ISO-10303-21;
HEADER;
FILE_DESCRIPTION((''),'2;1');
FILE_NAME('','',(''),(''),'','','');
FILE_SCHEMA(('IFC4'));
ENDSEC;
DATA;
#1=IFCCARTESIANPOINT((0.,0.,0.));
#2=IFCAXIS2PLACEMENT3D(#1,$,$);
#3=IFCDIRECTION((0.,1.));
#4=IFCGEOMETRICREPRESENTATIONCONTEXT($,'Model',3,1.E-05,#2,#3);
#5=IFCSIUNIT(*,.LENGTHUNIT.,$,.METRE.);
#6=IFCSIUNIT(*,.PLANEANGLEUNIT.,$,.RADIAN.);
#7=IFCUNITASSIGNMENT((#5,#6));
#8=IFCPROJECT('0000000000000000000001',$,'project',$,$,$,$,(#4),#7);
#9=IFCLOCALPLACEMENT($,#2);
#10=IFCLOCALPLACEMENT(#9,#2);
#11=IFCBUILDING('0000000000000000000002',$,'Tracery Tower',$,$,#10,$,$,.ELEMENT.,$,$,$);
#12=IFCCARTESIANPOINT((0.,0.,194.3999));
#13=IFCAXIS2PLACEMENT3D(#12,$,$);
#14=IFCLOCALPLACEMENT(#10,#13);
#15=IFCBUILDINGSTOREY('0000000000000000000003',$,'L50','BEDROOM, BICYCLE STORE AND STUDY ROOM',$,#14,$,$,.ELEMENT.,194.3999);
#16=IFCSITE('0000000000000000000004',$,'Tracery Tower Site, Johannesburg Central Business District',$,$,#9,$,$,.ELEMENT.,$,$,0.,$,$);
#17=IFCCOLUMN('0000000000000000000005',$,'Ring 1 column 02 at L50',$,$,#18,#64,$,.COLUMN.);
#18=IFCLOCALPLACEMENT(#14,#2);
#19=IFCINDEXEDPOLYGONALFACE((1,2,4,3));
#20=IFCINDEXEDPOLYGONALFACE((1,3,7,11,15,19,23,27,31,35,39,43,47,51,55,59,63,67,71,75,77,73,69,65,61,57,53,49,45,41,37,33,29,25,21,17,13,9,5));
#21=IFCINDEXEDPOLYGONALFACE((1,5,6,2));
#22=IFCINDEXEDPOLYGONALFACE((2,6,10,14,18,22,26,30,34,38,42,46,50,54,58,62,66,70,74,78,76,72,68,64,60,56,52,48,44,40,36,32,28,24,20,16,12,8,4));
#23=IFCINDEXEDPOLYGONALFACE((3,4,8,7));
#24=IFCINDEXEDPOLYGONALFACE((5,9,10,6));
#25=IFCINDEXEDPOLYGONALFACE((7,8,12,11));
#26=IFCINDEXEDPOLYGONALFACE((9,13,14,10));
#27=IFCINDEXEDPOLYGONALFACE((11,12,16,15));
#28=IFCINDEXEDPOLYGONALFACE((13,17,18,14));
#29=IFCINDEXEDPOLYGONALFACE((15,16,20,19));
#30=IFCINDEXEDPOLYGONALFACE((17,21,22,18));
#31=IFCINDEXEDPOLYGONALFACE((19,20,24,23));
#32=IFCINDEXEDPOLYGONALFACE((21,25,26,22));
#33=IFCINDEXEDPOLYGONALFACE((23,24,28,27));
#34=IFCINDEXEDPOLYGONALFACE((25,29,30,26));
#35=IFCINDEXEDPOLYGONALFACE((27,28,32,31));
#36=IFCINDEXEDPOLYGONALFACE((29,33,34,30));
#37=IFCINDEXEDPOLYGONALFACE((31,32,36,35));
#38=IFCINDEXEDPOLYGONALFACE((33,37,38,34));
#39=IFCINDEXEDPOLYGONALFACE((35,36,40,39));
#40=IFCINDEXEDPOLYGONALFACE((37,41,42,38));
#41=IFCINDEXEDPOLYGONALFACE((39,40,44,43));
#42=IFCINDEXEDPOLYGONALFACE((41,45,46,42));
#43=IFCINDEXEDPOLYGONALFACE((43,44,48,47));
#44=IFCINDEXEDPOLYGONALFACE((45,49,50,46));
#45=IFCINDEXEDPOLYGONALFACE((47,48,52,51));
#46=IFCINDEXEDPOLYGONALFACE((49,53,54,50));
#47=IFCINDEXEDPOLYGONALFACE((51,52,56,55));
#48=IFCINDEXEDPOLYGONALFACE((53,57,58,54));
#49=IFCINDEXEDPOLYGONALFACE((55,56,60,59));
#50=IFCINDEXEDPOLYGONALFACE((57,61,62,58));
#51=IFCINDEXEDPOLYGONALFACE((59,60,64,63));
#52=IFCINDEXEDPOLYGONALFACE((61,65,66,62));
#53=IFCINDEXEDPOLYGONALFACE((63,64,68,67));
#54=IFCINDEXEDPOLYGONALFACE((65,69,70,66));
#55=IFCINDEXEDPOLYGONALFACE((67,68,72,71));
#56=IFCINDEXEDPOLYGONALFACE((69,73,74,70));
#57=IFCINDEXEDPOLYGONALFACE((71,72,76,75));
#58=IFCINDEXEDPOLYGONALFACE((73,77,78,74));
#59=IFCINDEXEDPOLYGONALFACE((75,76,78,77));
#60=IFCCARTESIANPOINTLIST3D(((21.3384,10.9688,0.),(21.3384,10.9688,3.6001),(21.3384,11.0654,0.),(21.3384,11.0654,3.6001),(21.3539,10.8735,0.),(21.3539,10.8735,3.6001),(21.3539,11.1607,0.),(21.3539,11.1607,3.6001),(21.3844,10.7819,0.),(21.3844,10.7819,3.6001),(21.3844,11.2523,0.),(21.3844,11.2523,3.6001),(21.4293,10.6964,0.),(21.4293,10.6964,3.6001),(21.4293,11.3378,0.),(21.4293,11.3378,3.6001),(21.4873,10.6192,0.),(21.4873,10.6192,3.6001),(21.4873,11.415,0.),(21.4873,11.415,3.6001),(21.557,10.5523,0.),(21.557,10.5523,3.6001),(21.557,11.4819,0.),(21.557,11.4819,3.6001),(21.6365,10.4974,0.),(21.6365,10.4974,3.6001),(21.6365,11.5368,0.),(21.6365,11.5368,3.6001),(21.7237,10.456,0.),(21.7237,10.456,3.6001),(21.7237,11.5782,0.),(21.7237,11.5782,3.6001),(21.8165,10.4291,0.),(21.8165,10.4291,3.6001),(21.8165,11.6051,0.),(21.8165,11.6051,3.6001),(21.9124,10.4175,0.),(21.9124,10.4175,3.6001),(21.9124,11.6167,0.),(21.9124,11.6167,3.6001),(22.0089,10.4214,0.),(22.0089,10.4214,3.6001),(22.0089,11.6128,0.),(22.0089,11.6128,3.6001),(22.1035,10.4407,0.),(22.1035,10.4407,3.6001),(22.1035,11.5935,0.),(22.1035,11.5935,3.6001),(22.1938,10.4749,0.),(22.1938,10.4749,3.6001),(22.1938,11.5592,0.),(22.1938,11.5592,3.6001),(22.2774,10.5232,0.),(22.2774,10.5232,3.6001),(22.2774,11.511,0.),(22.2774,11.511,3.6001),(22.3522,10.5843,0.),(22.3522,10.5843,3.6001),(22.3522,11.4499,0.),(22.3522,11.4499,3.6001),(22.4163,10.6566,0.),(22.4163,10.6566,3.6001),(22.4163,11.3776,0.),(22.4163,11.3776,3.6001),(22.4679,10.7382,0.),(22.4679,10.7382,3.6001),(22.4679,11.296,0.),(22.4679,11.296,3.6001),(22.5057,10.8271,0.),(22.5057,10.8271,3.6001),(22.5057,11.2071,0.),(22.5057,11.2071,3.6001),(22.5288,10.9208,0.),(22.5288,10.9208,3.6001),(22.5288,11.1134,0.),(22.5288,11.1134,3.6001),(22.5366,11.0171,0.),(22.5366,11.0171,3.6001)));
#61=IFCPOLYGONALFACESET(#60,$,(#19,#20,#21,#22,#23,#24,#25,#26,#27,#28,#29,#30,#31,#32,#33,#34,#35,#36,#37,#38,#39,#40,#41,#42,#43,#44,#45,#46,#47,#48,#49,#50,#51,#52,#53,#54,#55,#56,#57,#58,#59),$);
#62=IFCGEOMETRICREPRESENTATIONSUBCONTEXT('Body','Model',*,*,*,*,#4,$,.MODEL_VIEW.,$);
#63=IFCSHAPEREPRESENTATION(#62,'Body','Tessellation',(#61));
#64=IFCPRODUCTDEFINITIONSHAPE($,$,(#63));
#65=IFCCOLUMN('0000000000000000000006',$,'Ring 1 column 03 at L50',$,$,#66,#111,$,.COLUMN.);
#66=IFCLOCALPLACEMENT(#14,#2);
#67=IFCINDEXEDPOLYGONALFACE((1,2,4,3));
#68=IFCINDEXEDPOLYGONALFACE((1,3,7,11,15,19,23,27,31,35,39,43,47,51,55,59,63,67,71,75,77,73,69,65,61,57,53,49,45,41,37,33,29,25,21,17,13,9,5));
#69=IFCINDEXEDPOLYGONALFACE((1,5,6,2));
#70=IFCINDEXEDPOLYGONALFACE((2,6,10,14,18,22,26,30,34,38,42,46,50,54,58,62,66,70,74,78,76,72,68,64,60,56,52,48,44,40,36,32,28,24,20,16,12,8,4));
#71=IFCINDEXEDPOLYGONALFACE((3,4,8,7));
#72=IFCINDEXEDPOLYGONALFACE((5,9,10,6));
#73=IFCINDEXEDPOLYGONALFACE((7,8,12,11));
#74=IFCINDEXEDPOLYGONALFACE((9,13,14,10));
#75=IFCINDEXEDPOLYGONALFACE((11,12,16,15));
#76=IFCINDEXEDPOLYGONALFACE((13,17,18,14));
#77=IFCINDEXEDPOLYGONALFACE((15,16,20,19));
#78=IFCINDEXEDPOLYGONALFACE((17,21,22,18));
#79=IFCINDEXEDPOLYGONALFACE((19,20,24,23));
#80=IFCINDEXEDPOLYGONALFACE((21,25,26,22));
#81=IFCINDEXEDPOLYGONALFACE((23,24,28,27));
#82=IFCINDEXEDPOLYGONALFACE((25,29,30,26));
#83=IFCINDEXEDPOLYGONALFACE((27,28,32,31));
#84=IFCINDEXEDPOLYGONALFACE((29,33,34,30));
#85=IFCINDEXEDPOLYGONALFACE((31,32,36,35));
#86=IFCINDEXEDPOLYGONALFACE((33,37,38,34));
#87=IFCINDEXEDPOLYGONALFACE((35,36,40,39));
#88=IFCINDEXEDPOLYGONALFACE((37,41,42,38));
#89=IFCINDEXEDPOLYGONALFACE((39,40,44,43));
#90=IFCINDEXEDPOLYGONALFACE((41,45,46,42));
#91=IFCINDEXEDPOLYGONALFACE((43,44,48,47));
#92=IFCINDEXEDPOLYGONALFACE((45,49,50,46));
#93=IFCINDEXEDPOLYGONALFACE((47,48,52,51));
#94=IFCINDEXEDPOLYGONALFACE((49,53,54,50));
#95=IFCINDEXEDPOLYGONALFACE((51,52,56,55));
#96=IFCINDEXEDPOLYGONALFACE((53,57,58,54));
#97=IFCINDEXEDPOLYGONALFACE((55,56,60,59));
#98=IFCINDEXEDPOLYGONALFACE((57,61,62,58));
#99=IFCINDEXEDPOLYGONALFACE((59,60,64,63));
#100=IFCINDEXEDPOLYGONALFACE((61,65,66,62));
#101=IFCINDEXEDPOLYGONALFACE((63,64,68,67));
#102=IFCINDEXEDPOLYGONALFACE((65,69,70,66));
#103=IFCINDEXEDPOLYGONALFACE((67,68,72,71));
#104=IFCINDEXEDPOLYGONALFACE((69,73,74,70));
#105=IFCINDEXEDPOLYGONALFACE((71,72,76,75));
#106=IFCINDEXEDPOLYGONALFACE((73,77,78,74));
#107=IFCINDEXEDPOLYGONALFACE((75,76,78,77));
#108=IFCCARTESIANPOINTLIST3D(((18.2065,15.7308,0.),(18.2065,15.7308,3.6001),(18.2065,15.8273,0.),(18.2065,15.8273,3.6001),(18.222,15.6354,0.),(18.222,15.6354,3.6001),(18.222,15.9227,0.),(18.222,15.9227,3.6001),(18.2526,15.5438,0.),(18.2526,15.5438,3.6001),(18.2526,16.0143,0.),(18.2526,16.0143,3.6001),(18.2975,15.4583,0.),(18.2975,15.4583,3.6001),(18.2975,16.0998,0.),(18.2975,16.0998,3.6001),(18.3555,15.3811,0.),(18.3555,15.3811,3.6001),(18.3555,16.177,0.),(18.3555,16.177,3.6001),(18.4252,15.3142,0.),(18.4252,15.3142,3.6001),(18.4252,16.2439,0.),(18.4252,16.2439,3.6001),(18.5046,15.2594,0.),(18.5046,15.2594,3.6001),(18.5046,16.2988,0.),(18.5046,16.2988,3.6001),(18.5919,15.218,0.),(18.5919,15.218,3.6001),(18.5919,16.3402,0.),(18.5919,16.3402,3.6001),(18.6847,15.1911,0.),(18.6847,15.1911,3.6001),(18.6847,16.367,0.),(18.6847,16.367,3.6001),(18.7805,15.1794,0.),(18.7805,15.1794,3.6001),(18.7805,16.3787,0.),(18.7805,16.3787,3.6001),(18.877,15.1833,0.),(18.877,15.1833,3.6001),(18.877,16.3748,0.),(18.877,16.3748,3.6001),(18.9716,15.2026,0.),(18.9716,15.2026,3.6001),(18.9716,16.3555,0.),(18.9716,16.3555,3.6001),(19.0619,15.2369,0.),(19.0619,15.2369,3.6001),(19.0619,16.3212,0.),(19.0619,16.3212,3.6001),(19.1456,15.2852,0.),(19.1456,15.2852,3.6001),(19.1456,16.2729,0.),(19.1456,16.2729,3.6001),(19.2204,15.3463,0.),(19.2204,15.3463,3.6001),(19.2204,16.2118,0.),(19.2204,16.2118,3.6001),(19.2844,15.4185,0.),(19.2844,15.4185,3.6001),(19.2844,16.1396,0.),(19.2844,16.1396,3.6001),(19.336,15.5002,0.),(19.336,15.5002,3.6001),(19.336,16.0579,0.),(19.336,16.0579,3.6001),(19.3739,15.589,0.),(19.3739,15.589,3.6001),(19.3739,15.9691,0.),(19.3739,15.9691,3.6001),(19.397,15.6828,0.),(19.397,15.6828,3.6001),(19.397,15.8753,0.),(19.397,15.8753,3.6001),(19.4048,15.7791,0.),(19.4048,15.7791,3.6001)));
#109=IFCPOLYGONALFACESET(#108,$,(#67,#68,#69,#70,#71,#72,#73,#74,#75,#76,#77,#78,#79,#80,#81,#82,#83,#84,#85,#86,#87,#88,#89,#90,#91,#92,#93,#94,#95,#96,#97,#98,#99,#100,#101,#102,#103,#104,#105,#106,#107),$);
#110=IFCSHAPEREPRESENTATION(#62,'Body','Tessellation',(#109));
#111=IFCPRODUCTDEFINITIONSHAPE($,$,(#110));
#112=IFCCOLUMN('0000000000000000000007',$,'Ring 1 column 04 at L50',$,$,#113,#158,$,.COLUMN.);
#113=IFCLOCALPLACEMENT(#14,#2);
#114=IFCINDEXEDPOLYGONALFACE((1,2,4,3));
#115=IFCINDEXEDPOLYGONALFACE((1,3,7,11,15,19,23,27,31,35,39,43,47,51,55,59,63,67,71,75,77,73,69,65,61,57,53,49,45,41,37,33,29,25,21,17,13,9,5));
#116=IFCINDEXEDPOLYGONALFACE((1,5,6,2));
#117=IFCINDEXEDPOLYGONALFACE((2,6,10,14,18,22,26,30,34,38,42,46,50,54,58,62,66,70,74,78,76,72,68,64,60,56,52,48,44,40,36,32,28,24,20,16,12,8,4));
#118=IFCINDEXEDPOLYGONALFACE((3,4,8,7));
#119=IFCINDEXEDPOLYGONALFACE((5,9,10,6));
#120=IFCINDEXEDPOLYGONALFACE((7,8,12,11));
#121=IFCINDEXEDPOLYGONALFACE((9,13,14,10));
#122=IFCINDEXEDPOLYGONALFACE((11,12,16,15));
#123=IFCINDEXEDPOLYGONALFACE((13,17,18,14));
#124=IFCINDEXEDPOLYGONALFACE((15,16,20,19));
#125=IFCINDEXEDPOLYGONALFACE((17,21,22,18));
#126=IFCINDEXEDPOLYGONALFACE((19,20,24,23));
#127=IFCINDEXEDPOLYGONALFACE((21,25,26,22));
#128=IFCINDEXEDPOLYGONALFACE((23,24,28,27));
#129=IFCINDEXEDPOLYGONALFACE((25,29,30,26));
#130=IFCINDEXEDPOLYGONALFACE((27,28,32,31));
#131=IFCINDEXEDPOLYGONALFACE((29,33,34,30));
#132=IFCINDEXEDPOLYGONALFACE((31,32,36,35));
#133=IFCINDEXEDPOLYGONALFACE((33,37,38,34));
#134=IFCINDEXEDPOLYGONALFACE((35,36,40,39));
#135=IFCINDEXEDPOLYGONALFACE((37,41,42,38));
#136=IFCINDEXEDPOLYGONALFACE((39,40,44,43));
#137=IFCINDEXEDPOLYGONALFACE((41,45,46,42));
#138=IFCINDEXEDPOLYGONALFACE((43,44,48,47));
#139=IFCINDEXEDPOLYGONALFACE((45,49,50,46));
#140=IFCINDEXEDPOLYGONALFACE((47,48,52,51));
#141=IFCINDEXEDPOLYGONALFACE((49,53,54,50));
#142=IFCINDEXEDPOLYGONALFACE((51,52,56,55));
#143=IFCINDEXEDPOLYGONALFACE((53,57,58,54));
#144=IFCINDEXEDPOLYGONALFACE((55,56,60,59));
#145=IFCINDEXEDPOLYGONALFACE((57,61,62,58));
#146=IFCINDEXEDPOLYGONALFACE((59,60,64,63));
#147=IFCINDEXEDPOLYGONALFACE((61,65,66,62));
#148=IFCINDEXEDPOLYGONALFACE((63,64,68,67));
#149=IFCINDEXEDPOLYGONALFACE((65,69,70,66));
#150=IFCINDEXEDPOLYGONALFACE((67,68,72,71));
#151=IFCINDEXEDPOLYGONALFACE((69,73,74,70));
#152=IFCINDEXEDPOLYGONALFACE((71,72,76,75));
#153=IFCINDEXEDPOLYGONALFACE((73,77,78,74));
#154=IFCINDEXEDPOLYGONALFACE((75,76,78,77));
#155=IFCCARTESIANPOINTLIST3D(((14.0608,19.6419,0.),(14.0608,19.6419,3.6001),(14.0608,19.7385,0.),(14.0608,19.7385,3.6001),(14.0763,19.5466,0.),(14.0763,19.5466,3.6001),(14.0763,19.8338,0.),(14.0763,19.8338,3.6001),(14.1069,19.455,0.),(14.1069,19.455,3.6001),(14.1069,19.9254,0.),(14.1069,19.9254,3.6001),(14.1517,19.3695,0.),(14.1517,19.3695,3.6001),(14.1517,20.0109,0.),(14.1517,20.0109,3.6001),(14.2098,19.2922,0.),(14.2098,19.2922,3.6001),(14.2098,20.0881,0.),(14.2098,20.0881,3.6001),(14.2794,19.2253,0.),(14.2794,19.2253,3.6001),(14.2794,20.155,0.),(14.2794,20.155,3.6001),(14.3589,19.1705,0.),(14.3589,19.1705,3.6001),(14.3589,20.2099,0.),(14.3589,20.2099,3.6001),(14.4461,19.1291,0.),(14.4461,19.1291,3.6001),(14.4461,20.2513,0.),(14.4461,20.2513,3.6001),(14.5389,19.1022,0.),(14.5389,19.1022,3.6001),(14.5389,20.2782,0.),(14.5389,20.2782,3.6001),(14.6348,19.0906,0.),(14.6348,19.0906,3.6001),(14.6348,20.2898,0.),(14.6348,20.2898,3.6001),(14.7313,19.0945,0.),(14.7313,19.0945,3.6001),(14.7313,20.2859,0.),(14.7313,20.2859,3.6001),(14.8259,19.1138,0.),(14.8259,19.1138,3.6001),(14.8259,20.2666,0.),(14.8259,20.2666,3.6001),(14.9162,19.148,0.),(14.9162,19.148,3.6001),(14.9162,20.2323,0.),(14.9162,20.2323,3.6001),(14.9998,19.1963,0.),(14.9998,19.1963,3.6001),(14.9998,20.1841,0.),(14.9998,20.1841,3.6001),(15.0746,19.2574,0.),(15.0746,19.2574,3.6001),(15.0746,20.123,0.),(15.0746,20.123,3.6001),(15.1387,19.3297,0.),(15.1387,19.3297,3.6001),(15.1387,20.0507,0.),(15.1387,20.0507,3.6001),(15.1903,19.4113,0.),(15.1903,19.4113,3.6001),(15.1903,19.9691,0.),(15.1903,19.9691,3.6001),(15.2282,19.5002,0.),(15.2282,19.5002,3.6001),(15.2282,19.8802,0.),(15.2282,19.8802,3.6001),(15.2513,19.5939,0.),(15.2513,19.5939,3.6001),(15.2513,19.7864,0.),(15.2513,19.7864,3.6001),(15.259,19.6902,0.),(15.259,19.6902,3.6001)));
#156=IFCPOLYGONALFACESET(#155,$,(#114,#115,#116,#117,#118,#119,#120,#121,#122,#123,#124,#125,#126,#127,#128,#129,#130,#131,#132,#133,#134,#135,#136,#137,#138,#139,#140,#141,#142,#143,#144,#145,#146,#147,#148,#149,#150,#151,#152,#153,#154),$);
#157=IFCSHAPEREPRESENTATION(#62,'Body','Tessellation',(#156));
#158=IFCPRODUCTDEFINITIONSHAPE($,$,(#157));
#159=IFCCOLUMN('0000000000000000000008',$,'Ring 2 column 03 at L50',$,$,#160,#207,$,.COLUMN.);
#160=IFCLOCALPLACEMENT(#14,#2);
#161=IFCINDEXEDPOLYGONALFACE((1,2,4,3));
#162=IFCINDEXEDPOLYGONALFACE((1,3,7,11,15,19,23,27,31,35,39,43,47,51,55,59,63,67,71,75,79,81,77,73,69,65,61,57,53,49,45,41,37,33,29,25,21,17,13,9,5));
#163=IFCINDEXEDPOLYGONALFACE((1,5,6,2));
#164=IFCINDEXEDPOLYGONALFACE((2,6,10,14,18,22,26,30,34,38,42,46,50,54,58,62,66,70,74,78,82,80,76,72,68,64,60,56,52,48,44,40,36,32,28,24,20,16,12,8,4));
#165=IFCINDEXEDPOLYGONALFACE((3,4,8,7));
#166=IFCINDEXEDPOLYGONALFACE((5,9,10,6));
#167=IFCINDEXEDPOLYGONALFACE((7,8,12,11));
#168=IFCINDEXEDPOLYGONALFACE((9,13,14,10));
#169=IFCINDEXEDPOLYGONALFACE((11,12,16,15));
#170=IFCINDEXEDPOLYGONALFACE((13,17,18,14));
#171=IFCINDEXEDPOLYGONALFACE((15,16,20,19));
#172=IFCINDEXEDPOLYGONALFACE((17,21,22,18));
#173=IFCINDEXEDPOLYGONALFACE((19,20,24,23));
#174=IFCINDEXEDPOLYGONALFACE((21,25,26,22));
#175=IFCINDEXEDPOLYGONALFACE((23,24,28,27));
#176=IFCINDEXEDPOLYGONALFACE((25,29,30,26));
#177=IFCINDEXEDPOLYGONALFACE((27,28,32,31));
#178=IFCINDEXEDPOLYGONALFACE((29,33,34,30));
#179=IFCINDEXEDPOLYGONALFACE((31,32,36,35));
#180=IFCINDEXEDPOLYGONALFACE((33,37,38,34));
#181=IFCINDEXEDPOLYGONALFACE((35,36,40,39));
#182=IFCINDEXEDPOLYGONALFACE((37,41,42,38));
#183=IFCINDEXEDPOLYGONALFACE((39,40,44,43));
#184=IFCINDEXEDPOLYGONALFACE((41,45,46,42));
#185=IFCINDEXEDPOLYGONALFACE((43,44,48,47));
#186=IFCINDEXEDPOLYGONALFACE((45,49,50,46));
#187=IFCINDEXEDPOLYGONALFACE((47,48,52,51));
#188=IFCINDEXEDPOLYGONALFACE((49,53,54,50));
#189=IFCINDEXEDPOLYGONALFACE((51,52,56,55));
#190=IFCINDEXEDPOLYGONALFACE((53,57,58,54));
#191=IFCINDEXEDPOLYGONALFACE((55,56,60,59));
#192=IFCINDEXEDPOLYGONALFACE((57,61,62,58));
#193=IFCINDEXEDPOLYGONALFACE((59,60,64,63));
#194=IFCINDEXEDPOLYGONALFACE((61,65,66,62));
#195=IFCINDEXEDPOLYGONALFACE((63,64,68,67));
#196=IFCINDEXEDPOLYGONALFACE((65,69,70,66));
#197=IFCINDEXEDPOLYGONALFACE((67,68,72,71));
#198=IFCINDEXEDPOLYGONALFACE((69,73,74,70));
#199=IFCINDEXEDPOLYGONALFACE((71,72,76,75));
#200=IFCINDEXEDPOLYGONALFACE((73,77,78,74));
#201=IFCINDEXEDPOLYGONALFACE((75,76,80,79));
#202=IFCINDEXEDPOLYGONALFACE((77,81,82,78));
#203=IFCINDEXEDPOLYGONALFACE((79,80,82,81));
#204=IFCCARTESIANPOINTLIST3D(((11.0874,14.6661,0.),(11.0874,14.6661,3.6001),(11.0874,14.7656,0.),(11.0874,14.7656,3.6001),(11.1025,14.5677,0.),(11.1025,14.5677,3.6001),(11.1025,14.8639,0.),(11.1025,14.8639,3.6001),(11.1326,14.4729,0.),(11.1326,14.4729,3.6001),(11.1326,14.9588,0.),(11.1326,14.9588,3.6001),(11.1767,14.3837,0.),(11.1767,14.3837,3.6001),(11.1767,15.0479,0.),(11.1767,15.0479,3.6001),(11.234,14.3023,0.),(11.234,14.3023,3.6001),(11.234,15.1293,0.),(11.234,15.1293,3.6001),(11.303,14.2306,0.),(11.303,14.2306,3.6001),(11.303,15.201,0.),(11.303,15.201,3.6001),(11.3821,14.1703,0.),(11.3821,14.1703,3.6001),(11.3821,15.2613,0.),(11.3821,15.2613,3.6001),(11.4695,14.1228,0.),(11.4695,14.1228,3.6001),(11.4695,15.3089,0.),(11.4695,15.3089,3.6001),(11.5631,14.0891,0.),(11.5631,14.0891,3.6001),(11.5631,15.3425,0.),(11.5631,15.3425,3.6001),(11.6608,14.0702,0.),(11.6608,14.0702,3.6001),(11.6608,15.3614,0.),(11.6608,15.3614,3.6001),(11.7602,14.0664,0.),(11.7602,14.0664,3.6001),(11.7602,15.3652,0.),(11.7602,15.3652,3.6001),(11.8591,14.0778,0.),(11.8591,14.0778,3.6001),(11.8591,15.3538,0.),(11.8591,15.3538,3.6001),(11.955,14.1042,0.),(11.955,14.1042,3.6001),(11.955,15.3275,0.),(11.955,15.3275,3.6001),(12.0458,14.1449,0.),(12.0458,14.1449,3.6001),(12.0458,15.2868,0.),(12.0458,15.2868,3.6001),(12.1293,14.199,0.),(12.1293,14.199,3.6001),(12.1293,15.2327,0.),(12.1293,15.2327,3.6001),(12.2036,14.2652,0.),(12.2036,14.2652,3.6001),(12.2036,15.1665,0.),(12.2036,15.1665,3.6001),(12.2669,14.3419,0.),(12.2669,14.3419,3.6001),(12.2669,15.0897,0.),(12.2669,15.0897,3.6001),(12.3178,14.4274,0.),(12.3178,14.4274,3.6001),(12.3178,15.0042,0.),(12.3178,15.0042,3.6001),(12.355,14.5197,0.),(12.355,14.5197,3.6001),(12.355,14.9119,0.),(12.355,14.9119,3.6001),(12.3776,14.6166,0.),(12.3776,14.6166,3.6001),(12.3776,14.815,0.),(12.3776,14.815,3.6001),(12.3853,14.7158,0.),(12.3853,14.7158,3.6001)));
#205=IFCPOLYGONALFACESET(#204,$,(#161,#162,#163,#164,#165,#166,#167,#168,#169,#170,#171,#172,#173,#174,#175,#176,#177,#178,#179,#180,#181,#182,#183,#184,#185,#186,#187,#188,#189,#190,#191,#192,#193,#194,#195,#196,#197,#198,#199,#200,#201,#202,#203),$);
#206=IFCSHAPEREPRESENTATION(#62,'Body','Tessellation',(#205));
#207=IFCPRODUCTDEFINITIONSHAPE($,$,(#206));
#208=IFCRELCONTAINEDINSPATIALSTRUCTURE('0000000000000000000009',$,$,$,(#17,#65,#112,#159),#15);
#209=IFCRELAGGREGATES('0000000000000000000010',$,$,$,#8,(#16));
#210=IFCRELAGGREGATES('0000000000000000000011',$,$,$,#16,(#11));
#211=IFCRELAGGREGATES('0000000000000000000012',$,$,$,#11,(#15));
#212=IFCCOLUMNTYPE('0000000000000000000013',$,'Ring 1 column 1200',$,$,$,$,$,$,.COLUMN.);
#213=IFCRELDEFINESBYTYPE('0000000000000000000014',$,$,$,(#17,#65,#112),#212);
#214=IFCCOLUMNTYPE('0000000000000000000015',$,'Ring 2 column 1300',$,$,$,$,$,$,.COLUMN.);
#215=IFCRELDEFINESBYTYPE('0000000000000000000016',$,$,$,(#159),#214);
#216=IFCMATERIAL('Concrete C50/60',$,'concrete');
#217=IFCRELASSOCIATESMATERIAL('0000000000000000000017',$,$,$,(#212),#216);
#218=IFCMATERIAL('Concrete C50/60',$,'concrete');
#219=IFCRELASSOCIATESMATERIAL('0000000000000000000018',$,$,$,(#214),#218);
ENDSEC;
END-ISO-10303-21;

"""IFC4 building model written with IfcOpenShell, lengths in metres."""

from ifc_helpers import new_model, si_unit, direction, frame, origin, origin_2d, place, context, subcontext, project, spatial, circle, extrude, material, material_profile, profile_set, type_object, element, save


model = new_model("IFC4")

# Units and contexts
model_context = context("Model", 3, precision=1e-05, world=origin(), true_north=direction((0.0, 1.0)))
body_context = subcontext(model_context, "Body", "Model", "MODEL_VIEW")
ifc_project = project(units=[si_unit("LENGTHUNIT", "METRE"), si_unit("PLANEANGLEUNIT", "RADIAN")], contexts=[model_context])

# Site, building, storey
site_placement = place(None, origin())
site = spatial("IfcSite", under=ifc_project, at=site_placement, Name="Tracery Tower Site, Johannesburg Central Business District", CompositionType="ELEMENT", RefElevation=0.0)
building_placement = place(site_placement, origin())
building = spatial("IfcBuilding", under=site, at=building_placement, Name="Tracery Tower", CompositionType="ELEMENT")
storey_placement = place(building_placement, frame((0.0, 0.0, 194.3999)))
storey = spatial("IfcBuildingStorey", under=building, at=storey_placement, Name="L50", Description="BEDROOM, BICYCLE STORE AND STUDY ROOM", CompositionType="ELEMENT", Elevation=194.3999)

# Columns
ifc_material_1 = material(Name="Concrete C50/60", Category="concrete")
ifc_material_profile_1 = material_profile(ifc_material_1, circle(Radius=0.6001, at=origin_2d()), Name="RC D1200")
ifc_profile_set_1 = profile_set([ifc_material_profile_1], Name="Concrete C50/60")
column_type_1 = type_object("IfcColumnType", Name="Ring 1 column 1200", PredefinedType="COLUMN", material=ifc_profile_set_1)
for number, where, z_axis, x_axis, name in (
    (1, (21.9365, 11.0171, 0.0), (0.0, 0.0, 1.0), (1.0, 0.0, 0.0), "Ring 1 column 02 at L50"),
    (2, (18.8047, 15.7791, 0.0), (0.0, 0.0, 1.0), (1.0, 0.0, 0.0), "Ring 1 column 03 at L50"),
    (3, (14.6589, 19.6902, 0.0), (0.0, 0.0, 1.0), (1.0, 0.0, 0.0), "Ring 1 column 04 at L50"),
):
    element("IfcColumn", number, at=place(storey_placement, frame(where, z_axis=z_axis, x_axis=x_axis)), inside=storey, type_object=column_type_1, Name=name, PredefinedType="COLUMN", context=body_context, shape_type="SweptSolid", body=[
        extrude(circle(Radius=0.6001, at=origin_2d()), origin(), (0.0, 0.0, 1.0), 3.6001),
    ])
ifc_material_2 = material(Name="Concrete C50/60", Category="concrete")
ifc_material_profile_2 = material_profile(ifc_material_2, circle(Radius=0.6499, at=origin_2d()), Name="RC D1300")
ifc_profile_set_2 = profile_set([ifc_material_profile_2], Name="Concrete C50/60")
column_type_2 = type_object("IfcColumnType", Name="Ring 2 column 1300", PredefinedType="COLUMN", material=ifc_profile_set_2)
column_placement = place(storey_placement, frame((11.7354, 14.7158, 0.0), z_axis=(0.0, 0.0, 1.0), x_axis=(1.0, 0.0, 0.0)))
element("IfcColumn", 4, at=column_placement, inside=storey, type_object=column_type_2, Name="Ring 2 column 03 at L50", PredefinedType="COLUMN", context=body_context, shape_type="SweptSolid", body=[
    extrude(circle(Radius=0.6499, at=origin_2d()), origin(), (0.0, 0.0, 1.0), 3.6001),
])

save(model, "model.ifc")
